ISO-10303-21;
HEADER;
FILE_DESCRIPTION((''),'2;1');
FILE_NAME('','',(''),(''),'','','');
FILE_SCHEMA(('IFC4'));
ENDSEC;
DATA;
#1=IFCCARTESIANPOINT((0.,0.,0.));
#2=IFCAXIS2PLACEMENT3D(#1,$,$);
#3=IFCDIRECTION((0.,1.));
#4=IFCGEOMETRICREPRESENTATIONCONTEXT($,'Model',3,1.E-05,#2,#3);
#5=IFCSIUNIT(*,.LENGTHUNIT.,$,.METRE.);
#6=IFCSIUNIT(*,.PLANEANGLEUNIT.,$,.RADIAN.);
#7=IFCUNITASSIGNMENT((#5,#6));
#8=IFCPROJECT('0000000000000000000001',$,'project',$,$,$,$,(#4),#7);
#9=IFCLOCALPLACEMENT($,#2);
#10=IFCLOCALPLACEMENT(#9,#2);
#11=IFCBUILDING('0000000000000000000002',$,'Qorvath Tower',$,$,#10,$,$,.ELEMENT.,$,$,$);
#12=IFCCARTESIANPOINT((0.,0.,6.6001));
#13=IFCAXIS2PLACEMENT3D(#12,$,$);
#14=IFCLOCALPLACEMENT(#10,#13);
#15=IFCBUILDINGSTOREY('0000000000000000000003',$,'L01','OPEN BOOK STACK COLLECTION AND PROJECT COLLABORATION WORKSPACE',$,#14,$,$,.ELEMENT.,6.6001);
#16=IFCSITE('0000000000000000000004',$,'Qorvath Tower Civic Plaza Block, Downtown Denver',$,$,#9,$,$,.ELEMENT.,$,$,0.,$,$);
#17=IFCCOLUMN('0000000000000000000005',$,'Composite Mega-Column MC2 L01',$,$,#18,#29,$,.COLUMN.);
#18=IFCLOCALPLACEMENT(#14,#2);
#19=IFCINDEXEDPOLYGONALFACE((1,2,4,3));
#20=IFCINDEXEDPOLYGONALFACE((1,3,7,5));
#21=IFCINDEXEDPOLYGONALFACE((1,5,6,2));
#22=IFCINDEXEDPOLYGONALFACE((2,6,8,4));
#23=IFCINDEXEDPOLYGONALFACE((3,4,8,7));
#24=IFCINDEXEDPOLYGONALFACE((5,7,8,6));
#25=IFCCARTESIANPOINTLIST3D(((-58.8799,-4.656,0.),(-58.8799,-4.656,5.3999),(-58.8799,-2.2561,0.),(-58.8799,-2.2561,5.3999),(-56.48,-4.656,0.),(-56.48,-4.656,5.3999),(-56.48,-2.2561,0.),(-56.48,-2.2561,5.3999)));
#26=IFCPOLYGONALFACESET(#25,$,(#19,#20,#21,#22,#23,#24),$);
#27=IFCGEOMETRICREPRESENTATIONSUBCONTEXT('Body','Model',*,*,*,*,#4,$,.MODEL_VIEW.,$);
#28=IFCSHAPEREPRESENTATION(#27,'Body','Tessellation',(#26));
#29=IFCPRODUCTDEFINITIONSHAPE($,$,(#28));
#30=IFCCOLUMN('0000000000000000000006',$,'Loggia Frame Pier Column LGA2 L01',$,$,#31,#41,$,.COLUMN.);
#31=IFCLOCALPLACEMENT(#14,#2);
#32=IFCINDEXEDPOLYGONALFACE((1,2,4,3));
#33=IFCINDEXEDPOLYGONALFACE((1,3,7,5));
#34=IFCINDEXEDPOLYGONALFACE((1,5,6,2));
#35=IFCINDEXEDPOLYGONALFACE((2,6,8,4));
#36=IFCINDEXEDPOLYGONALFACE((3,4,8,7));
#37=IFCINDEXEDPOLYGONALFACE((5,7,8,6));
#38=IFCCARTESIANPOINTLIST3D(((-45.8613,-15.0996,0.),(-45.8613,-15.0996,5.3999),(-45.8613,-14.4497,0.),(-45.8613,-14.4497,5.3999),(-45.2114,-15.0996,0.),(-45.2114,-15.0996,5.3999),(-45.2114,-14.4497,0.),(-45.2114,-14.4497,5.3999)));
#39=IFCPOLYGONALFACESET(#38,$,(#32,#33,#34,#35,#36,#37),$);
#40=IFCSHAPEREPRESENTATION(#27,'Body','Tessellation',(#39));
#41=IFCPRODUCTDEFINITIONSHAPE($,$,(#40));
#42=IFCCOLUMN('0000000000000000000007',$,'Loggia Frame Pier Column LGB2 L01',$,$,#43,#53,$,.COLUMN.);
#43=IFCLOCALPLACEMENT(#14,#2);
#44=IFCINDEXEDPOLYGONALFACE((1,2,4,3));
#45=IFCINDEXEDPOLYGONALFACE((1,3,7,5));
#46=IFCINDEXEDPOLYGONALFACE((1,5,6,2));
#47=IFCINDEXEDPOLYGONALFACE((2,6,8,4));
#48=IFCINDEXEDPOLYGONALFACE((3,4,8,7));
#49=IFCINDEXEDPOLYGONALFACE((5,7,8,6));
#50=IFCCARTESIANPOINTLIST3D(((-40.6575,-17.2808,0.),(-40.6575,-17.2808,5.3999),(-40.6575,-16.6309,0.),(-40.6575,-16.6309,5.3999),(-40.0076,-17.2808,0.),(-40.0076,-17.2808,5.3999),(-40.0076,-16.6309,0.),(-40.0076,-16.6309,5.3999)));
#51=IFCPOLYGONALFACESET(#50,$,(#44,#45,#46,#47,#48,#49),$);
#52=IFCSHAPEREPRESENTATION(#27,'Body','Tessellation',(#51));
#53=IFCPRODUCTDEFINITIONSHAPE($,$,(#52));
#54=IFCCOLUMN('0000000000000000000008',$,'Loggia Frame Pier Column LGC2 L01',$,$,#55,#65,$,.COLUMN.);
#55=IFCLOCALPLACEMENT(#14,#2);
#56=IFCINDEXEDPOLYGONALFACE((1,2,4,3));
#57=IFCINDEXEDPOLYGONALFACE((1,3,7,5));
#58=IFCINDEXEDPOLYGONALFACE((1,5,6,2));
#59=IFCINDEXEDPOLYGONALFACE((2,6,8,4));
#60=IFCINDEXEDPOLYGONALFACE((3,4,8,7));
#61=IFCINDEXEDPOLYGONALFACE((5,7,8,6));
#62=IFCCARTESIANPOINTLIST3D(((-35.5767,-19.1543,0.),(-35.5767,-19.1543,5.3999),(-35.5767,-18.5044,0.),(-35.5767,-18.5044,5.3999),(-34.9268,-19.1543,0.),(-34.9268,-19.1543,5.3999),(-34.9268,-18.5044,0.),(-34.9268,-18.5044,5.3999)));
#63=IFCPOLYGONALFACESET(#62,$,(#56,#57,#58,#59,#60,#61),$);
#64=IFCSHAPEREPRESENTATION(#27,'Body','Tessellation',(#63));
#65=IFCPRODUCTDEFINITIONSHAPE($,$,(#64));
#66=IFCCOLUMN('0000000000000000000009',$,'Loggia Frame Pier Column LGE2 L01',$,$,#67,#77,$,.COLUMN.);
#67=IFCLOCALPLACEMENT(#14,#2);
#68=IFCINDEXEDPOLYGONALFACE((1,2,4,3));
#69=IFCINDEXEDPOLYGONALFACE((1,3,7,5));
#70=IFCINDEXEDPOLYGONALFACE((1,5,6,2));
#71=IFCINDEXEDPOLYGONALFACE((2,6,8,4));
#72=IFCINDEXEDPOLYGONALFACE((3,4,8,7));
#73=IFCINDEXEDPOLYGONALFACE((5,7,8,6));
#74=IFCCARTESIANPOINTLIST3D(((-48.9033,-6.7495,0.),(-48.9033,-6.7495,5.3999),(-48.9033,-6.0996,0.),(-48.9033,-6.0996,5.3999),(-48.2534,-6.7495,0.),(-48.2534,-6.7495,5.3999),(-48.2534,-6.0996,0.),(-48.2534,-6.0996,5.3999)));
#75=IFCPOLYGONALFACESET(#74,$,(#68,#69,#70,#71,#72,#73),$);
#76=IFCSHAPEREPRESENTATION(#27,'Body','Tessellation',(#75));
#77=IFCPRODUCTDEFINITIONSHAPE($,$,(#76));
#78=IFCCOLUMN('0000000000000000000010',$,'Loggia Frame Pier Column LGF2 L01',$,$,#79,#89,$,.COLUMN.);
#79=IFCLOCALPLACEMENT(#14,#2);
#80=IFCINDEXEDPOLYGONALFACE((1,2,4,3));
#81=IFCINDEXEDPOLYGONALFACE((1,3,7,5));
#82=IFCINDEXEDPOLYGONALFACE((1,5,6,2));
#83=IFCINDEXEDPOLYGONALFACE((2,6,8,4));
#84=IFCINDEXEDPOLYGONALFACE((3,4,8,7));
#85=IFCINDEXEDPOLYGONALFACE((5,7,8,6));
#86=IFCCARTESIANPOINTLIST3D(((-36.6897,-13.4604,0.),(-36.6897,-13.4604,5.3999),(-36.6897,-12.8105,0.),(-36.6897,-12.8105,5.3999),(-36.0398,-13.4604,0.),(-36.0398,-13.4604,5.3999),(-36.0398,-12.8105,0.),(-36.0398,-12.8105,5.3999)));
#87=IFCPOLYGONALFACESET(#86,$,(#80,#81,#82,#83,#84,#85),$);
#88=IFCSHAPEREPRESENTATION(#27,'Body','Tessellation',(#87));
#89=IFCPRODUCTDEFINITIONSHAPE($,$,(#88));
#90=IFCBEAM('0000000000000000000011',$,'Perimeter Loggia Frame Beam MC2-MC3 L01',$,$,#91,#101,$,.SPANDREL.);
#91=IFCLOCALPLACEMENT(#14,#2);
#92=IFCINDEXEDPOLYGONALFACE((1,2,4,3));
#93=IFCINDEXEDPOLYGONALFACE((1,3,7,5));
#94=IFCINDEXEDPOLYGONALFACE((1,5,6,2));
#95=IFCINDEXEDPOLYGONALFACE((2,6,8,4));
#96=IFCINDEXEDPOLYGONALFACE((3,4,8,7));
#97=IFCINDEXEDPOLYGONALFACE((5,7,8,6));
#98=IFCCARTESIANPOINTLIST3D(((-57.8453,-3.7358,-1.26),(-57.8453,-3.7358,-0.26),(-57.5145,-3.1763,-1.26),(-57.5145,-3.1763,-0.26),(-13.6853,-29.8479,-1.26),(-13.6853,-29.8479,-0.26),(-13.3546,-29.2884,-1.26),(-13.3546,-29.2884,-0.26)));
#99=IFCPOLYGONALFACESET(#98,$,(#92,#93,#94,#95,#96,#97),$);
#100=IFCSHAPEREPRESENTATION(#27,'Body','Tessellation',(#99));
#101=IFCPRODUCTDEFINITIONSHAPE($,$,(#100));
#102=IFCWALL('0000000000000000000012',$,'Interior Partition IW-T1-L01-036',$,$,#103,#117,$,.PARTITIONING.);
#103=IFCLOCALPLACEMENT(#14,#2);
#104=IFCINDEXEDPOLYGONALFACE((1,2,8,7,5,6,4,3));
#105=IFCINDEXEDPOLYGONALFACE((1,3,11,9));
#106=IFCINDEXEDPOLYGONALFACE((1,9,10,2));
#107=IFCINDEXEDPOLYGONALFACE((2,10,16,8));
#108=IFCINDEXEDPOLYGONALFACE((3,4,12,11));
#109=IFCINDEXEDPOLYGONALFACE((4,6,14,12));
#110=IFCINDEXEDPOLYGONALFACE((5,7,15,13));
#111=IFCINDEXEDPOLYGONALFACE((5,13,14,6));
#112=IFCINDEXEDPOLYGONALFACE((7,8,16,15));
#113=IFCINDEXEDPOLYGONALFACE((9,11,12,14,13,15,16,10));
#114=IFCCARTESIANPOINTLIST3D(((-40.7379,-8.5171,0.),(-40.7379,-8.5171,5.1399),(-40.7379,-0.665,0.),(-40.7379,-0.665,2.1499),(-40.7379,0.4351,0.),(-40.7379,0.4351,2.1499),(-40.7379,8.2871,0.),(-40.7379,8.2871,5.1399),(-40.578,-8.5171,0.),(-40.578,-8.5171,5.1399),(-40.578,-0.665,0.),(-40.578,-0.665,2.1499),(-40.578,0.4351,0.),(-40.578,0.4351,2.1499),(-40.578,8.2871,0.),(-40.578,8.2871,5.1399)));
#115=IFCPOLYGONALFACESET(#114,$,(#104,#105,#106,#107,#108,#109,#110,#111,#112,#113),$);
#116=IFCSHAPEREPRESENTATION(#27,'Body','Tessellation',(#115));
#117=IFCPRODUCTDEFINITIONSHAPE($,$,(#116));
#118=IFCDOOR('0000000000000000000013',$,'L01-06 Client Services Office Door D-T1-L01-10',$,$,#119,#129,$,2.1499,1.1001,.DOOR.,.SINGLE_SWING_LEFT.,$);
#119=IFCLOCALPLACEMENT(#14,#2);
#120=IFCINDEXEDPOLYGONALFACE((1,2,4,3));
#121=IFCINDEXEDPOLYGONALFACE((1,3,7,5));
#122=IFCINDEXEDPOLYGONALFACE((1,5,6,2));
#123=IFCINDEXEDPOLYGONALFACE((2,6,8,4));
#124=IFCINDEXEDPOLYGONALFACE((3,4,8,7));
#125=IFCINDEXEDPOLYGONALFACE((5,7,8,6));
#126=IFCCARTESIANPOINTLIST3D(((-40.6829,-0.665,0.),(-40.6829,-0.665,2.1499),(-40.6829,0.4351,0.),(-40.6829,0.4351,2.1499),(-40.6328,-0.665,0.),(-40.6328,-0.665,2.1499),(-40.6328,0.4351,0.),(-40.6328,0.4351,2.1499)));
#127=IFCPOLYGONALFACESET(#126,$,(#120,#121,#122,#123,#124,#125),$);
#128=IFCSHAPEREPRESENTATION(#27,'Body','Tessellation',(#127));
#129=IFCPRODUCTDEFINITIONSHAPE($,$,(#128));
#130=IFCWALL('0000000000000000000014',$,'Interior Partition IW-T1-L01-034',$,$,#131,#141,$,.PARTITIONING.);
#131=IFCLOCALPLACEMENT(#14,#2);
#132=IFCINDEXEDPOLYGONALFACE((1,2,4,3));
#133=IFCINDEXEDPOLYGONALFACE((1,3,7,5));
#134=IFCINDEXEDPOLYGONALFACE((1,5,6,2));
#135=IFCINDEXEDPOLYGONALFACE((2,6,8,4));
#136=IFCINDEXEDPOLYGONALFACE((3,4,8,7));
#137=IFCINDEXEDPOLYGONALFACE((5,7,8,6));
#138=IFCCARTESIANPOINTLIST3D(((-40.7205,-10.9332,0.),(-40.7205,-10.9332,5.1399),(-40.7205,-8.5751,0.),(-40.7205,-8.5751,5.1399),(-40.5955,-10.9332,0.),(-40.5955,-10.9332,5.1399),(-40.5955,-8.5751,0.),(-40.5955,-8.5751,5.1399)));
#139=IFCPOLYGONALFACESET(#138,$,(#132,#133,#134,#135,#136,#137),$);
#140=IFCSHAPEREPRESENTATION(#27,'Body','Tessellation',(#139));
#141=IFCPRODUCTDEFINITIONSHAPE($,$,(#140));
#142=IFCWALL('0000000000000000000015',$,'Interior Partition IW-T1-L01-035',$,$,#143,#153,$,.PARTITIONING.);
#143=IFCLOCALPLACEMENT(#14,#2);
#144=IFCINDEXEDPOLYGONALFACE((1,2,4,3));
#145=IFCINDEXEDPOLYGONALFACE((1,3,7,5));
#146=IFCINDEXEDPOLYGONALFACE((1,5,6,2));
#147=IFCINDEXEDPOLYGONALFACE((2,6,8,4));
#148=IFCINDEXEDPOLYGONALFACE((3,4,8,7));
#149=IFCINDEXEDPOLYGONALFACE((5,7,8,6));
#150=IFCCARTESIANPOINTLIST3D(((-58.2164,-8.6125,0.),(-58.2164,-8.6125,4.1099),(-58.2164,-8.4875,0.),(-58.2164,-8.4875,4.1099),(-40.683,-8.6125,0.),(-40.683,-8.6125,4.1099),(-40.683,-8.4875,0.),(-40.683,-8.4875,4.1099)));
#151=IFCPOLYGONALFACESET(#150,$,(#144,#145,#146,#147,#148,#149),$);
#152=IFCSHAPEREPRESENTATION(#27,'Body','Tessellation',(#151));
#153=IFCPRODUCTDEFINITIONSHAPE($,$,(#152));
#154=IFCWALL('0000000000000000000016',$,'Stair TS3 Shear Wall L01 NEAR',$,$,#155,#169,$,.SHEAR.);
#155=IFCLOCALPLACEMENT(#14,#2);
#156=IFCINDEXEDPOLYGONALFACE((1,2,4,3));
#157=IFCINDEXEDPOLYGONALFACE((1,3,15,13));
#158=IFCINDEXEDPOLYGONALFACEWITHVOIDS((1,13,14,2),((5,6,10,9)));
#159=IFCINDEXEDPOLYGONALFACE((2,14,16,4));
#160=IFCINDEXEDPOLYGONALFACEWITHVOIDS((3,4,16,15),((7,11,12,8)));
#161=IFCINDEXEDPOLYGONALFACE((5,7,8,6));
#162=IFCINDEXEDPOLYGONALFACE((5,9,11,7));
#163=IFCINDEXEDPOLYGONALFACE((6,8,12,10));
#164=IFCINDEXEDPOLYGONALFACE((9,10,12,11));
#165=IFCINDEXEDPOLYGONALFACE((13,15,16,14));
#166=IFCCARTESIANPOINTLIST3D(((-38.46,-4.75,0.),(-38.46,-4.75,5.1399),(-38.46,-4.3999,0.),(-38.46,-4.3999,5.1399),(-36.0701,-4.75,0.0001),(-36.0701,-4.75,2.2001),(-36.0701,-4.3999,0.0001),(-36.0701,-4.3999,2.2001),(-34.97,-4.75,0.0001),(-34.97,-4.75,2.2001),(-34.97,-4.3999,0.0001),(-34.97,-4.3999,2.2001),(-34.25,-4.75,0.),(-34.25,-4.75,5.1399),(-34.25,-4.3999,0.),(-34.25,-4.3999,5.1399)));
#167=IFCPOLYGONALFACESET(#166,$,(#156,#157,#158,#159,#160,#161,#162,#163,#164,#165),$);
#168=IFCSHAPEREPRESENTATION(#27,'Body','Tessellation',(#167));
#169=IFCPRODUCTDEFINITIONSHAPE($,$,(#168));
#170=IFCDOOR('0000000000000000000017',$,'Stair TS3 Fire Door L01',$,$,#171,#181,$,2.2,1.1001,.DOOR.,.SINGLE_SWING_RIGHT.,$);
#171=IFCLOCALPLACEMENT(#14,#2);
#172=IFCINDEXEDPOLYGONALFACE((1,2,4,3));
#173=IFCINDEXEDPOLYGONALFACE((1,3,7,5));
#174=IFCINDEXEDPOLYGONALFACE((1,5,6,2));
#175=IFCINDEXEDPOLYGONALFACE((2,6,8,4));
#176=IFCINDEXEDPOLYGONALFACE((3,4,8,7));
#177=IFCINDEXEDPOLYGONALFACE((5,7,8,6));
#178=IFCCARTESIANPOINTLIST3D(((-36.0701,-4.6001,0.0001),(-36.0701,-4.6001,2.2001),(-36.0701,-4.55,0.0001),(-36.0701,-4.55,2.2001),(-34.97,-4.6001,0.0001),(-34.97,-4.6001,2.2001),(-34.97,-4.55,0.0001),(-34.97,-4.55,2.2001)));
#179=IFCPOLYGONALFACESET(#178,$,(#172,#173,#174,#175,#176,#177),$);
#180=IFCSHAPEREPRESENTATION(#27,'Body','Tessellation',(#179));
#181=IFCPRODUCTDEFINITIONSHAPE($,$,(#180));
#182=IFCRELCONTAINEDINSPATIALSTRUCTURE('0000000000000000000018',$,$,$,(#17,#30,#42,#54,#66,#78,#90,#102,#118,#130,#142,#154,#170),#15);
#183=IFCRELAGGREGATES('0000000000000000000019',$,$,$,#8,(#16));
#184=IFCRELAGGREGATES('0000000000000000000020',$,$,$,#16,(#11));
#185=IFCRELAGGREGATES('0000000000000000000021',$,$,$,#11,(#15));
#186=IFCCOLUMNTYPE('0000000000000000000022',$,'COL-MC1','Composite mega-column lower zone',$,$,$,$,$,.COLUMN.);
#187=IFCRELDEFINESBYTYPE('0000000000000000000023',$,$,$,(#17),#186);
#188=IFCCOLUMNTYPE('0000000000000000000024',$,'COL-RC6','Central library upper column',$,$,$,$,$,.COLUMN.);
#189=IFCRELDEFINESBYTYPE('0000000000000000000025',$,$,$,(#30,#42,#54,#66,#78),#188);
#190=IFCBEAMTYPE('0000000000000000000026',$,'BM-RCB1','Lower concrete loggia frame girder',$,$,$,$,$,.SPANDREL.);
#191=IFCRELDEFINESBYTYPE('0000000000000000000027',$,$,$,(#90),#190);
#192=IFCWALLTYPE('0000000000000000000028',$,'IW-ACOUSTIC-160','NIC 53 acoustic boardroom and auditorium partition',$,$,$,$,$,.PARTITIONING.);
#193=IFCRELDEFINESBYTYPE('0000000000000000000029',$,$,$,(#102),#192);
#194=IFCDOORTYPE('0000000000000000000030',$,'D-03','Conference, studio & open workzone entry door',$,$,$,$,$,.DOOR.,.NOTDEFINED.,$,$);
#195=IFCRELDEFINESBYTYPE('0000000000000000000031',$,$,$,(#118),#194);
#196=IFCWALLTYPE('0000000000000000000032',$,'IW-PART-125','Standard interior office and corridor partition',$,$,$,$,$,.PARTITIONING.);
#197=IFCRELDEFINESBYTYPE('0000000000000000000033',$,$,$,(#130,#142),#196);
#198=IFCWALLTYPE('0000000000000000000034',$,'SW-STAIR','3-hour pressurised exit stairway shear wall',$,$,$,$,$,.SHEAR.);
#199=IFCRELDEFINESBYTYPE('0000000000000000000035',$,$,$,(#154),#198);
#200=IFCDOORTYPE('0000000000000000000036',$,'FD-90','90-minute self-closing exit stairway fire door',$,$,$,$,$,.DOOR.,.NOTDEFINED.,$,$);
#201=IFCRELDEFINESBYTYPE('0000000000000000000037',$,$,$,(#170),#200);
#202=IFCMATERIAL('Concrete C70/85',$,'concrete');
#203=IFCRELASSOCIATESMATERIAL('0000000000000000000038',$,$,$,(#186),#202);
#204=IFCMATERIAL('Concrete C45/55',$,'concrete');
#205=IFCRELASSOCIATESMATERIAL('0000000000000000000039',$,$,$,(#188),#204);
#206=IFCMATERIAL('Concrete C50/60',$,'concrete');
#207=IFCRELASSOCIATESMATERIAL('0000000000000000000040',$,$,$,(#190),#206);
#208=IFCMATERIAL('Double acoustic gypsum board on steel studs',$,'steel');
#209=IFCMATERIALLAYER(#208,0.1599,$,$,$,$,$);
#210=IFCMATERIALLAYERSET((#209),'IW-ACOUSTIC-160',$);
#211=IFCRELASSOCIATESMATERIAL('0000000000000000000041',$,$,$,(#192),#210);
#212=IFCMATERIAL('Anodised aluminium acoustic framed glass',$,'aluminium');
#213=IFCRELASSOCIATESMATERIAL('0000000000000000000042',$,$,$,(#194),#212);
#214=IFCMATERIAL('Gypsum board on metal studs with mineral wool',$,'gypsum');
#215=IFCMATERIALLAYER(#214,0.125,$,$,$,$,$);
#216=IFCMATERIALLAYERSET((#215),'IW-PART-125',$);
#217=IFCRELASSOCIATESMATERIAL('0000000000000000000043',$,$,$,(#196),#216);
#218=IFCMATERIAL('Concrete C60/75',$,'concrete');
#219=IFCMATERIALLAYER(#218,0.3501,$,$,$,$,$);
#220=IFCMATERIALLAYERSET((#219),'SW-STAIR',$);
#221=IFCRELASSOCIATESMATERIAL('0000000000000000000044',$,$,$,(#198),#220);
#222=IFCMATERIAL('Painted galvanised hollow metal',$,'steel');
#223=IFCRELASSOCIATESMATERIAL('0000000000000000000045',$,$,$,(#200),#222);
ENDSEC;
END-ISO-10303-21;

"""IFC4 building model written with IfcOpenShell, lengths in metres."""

from ifc_helpers import new_model, si_unit, direction, frame, frame_2d, origin, origin_2d, place, context, subcontext, project, spatial, rectangle, extrude, material, layer, layer_set, material_profile, profile_set, type_object, element, fill, save


model = new_model("IFC4")

# Units and contexts
model_context = context("Model", 3, precision=1e-05, world=origin(), true_north=direction((0.0, 1.0)))
body_context = subcontext(model_context, "Body", "Model", "MODEL_VIEW")
ifc_project = project(units=[si_unit("LENGTHUNIT", "METRE"), si_unit("PLANEANGLEUNIT", "RADIAN")], contexts=[model_context])

# Site, building, storey
site_placement = place(None, origin())
site = spatial("IfcSite", under=ifc_project, at=site_placement, Name="Qorvath Tower Civic Plaza Block, Downtown Denver", CompositionType="ELEMENT", RefElevation=0.0)
building_placement = place(site_placement, origin())
building = spatial("IfcBuilding", under=site, at=building_placement, Name="Qorvath Tower", CompositionType="ELEMENT")
storey_placement = place(building_placement, frame((0.0, 0.0, 6.6001)))
storey = spatial("IfcBuildingStorey", under=building, at=storey_placement, Name="L01", Description="OPEN BOOK STACK COLLECTION AND PROJECT COLLABORATION WORKSPACE", CompositionType="ELEMENT", Elevation=6.6001)

# Columns
ifc_material_1 = material(Name="Concrete C70/85", Category="concrete")
ifc_material_profile_1 = material_profile(ifc_material_1, rectangle(XDim=2.3999, YDim=2.3999, at=origin_2d()), Name="MC 2400x2400")
ifc_profile_set_1 = profile_set([ifc_material_profile_1], Name="Concrete C70/85")
column_type_1 = type_object("IfcColumnType", Name="COL-MC1", Description="Composite mega-column lower zone", PredefinedType="COLUMN", material=ifc_profile_set_1)
column_placement = place(storey_placement, frame((-57.6799, -3.4561, 0.0), z_axis=(0.0, 0.0, 1.0), x_axis=(1.0, 0.0, 0.0)))
element("IfcColumn", 1, at=column_placement, inside=storey, type_object=column_type_1, Name="Composite Mega-Column MC2 L01", PredefinedType="COLUMN", context=body_context, shape_type="SweptSolid", body=[
    extrude(rectangle(XDim=2.3999, YDim=2.3999, at=origin_2d()), origin(), (0.0, 0.0, 1.0), 5.3999),
])
ifc_material_2 = material(Name="Concrete C45/55", Category="concrete")
ifc_material_profile_2 = material_profile(ifc_material_2, rectangle(XDim=0.6499, YDim=0.6499, at=origin_2d()), Name="RC 650x650")
ifc_profile_set_2 = profile_set([ifc_material_profile_2], Name="Concrete C45/55")
column_type_2 = type_object("IfcColumnType", Name="COL-RC6", Description="Central library upper column", PredefinedType="COLUMN", material=ifc_profile_set_2)
for number, where, z_axis, x_axis, name in (
    (2, (-45.5364, -14.7747, 0.0), (0.0, 0.0, 1.0), (1.0, 0.0, 0.0), "Loggia Frame Pier Column LGA2 L01"),
    (3, (-40.3325, -16.9558, 0.0), (0.0, 0.0, 1.0), (1.0, 0.0, 0.0), "Loggia Frame Pier Column LGB2 L01"),
    (4, (-35.2517, -18.8293, 0.0), (0.0, 0.0, 1.0), (1.0, 0.0, 0.0), "Loggia Frame Pier Column LGC2 L01"),
    (5, (-48.5784, -6.4246, 0.0), (0.0, 0.0, 1.0), (1.0, 0.0, 0.0), "Loggia Frame Pier Column LGE2 L01"),
    (6, (-36.3647, -13.1355, 0.0), (0.0, 0.0, 1.0), (1.0, 0.0, 0.0), "Loggia Frame Pier Column LGF2 L01"),
):
    element("IfcColumn", number, at=place(storey_placement, frame(where, z_axis=z_axis, x_axis=x_axis)), inside=storey, type_object=column_type_2, Name=name, PredefinedType="COLUMN", context=body_context, shape_type="SweptSolid", body=[
        extrude(rectangle(XDim=0.6499, YDim=0.6499, at=origin_2d()), origin(), (0.0, 0.0, 1.0), 5.3999),
    ])

# Beam
ifc_material_3 = material(Name="Concrete C50/60", Category="concrete")
ifc_material_profile_3 = material_profile(ifc_material_3, rectangle(XDim=0.6499, YDim=1.0, at=origin_2d()), Name="RCB 1000x650")
ifc_profile_set_3 = profile_set([ifc_material_profile_3], Name="Concrete C50/60")
beam_type = type_object("IfcBeamType", Name="BM-RCB1", Description="Lower concrete loggia frame girder", PredefinedType="SPANDREL", material=ifc_profile_set_3)
beam_placement = place(storey_placement, frame((-57.6799, -3.4561, -0.76), z_axis=(0.860777, -0.508983, 0.0), x_axis=(0.508983, 0.860777, 0.0)))
element("IfcBeam", 7, at=beam_placement, inside=storey, type_object=beam_type, Name="Perimeter Loggia Frame Beam MC2-MC3 L01", PredefinedType="SPANDREL", context=body_context, shape_type="SweptSolid", body=[
    extrude(rectangle(XDim=0.6499, YDim=1.0, at=origin_2d()), origin(), (0.0, 0.0, 1.0), 51.3025),
])

# Wall, opening, door
ifc_material_4 = material(Name="Double acoustic gypsum board on steel studs", Category="steel")
ifc_layer_1 = layer(ifc_material_4, 0.1599)
ifc_layer_set_1 = layer_set([ifc_layer_1], Name="IW-ACOUSTIC-160")
wall_type_1 = type_object("IfcWallType", Name="IW-ACOUSTIC-160", Description="NIC 53 acoustic boardroom and auditorium partition", PredefinedType="PARTITIONING", material=ifc_layer_set_1)
wall_1_placement = place(storey_placement, frame((-40.658, -8.5171, 0.0), z_axis=(0.0, 0.0, 1.0), x_axis=(0.0, 1.0, 0.0)))
wall_1 = element("IfcWall", 8, at=wall_1_placement, inside=storey, type_object=wall_type_1, Name="Interior Partition IW-T1-L01-036", PredefinedType="PARTITIONING", context=body_context, shape_type="SweptSolid", body=[
    extrude(rectangle(XDim=16.8042, YDim=0.1599, at=frame_2d((8.4021, 0.0))), origin(), (0.0, 0.0, 1.0), 5.1399),
])
opening_1_placement = place(wall_1_placement, frame((7.8521, 0.0, 0.0)))
opening_1 = element("IfcOpeningElement", 9, at=opening_1_placement, cuts=wall_1, PredefinedType="OPENING", context=body_context, shape_type="SweptSolid", body=[
    extrude(rectangle(XDim=1.1001, YDim=2.1499, at=frame_2d((0.55, 1.075))), frame((0.0, 0.0898, 0.0), z_axis=(0.0, -1.0, 0.0), x_axis=(1.0, 0.0, 0.0)), (0.0, 0.0, 1.0), 0.1799),
])
ifc_material_5 = material(Name="Anodised aluminium acoustic framed glass", Category="aluminium")
door_type_1 = type_object("IfcDoorType", Name="D-03", Description="Conference, studio & open workzone entry door", OperationType="NOTDEFINED", PredefinedType="DOOR", material=ifc_material_5)
door_1_placement = place(opening_1_placement, origin())
door_1 = element("IfcDoor", 10, at=door_1_placement, inside=storey, type_object=door_type_1, Name="L01-06 Client Services Office Door D-T1-L01-10", OperationType="SINGLE_SWING_LEFT", OverallHeight=2.1499, OverallWidth=1.1001, PredefinedType="DOOR", context=body_context, shape_type="SweptSolid", body=[
    extrude(rectangle(XDim=1.1001, YDim=2.1499, at=frame_2d((0.55, 1.075))), frame((0.0, 0.0249, 0.0), z_axis=(0.0, -1.0, 0.0), x_axis=(1.0, 0.0, 0.0)), (0.0, 0.0, 1.0), 0.05),
])
fill(opening_1, door_1)

# Walls
ifc_material_6 = material(Name="Gypsum board on metal studs with mineral wool", Category="gypsum")
ifc_layer_2 = layer(ifc_material_6, 0.125)
ifc_layer_set_2 = layer_set([ifc_layer_2], Name="IW-PART-125")
wall_type_2 = type_object("IfcWallType", Name="IW-PART-125", Description="Standard interior office and corridor partition", PredefinedType="PARTITIONING", material=ifc_layer_set_2)
wall_2_placement = place(storey_placement, frame((-40.658, -8.575, 0.0), z_axis=(0.0, 0.0, 1.0), x_axis=(0.0, -1.0, 0.0)))
element("IfcWall", 11, at=wall_2_placement, inside=storey, type_object=wall_type_2, Name="Interior Partition IW-T1-L01-034", PredefinedType="PARTITIONING", context=body_context, shape_type="SweptSolid", body=[
    extrude(rectangle(XDim=2.3582, YDim=0.125, at=frame_2d((1.1792, 0.0))), origin(), (0.0, 0.0, 1.0), 5.1399),
])
wall_3_placement = place(storey_placement, frame((-40.6831, -8.55, 0.0), z_axis=(0.0, 0.0, 1.0), x_axis=(-1.0, 0.0, 0.0)))
element("IfcWall", 12, at=wall_3_placement, inside=storey, type_object=wall_type_2, Name="Interior Partition IW-T1-L01-035", PredefinedType="PARTITIONING", context=body_context, shape_type="SweptSolid", body=[
    extrude(rectangle(XDim=17.5334, YDim=0.125, at=frame_2d((8.7666, 0.0))), origin(), (0.0, 0.0, 1.0), 4.1099),
])

# Wall, opening, door
ifc_material_7 = material(Name="Concrete C60/75", Category="concrete")
ifc_layer_3 = layer(ifc_material_7, 0.3501)
ifc_layer_set_3 = layer_set([ifc_layer_3], Name="SW-STAIR")
wall_type_3 = type_object("IfcWallType", Name="SW-STAIR", Description="3-hour pressurised exit stairway shear wall", PredefinedType="SHEAR", material=ifc_layer_set_3)
wall_4_placement = place(storey_placement, frame((-38.46, -4.575, 0.0), z_axis=(0.0, 0.0, 1.0), x_axis=(1.0, 0.0, 0.0)))
wall_4 = element("IfcWall", 13, at=wall_4_placement, inside=storey, type_object=wall_type_3, Name="Stair TS3 Shear Wall L01 NEAR", PredefinedType="SHEAR", context=body_context, shape_type="SweptSolid", body=[
    extrude(rectangle(XDim=4.21, YDim=0.3501, at=frame_2d((2.105, 0.0))), origin(), (0.0, 0.0, 1.0), 5.1399),
])
opening_2_placement = place(wall_4_placement, frame((2.3899, 0.0, 0.0)))
opening_2 = element("IfcOpeningElement", 14, at=opening_2_placement, cuts=wall_4, PredefinedType="OPENING", context=body_context, shape_type="SweptSolid", body=[
    extrude(rectangle(XDim=1.1001, YDim=2.2, at=frame_2d((0.55, 1.1001))), frame((0.0, 0.1851, 0.0), z_axis=(0.0, -1.0, 0.0), x_axis=(1.0, 0.0, 0.0)), (0.0, 0.0, 1.0), 0.3701),
])
ifc_material_8 = material(Name="Painted galvanised hollow metal", Category="steel")
door_type_2 = type_object("IfcDoorType", Name="FD-90", Description="90-minute self-closing exit stairway fire door", OperationType="NOTDEFINED", PredefinedType="DOOR", material=ifc_material_8)
door_2_placement = place(opening_2_placement, origin())
door_2 = element("IfcDoor", 15, at=door_2_placement, inside=storey, type_object=door_type_2, Name="Stair TS3 Fire Door L01", OperationType="SINGLE_SWING_RIGHT", OverallHeight=2.2, OverallWidth=1.1001, PredefinedType="DOOR", context=body_context, shape_type="SweptSolid", body=[
    extrude(rectangle(XDim=1.1001, YDim=2.2, at=frame_2d((0.55, 1.1001))), frame((0.0, 0.0249, 0.0), z_axis=(0.0, -1.0, 0.0), x_axis=(1.0, 0.0, 0.0)), (0.0, 0.0, 1.0), 0.05),
])
fill(opening_2, door_2)

save(model, "model.ifc")
